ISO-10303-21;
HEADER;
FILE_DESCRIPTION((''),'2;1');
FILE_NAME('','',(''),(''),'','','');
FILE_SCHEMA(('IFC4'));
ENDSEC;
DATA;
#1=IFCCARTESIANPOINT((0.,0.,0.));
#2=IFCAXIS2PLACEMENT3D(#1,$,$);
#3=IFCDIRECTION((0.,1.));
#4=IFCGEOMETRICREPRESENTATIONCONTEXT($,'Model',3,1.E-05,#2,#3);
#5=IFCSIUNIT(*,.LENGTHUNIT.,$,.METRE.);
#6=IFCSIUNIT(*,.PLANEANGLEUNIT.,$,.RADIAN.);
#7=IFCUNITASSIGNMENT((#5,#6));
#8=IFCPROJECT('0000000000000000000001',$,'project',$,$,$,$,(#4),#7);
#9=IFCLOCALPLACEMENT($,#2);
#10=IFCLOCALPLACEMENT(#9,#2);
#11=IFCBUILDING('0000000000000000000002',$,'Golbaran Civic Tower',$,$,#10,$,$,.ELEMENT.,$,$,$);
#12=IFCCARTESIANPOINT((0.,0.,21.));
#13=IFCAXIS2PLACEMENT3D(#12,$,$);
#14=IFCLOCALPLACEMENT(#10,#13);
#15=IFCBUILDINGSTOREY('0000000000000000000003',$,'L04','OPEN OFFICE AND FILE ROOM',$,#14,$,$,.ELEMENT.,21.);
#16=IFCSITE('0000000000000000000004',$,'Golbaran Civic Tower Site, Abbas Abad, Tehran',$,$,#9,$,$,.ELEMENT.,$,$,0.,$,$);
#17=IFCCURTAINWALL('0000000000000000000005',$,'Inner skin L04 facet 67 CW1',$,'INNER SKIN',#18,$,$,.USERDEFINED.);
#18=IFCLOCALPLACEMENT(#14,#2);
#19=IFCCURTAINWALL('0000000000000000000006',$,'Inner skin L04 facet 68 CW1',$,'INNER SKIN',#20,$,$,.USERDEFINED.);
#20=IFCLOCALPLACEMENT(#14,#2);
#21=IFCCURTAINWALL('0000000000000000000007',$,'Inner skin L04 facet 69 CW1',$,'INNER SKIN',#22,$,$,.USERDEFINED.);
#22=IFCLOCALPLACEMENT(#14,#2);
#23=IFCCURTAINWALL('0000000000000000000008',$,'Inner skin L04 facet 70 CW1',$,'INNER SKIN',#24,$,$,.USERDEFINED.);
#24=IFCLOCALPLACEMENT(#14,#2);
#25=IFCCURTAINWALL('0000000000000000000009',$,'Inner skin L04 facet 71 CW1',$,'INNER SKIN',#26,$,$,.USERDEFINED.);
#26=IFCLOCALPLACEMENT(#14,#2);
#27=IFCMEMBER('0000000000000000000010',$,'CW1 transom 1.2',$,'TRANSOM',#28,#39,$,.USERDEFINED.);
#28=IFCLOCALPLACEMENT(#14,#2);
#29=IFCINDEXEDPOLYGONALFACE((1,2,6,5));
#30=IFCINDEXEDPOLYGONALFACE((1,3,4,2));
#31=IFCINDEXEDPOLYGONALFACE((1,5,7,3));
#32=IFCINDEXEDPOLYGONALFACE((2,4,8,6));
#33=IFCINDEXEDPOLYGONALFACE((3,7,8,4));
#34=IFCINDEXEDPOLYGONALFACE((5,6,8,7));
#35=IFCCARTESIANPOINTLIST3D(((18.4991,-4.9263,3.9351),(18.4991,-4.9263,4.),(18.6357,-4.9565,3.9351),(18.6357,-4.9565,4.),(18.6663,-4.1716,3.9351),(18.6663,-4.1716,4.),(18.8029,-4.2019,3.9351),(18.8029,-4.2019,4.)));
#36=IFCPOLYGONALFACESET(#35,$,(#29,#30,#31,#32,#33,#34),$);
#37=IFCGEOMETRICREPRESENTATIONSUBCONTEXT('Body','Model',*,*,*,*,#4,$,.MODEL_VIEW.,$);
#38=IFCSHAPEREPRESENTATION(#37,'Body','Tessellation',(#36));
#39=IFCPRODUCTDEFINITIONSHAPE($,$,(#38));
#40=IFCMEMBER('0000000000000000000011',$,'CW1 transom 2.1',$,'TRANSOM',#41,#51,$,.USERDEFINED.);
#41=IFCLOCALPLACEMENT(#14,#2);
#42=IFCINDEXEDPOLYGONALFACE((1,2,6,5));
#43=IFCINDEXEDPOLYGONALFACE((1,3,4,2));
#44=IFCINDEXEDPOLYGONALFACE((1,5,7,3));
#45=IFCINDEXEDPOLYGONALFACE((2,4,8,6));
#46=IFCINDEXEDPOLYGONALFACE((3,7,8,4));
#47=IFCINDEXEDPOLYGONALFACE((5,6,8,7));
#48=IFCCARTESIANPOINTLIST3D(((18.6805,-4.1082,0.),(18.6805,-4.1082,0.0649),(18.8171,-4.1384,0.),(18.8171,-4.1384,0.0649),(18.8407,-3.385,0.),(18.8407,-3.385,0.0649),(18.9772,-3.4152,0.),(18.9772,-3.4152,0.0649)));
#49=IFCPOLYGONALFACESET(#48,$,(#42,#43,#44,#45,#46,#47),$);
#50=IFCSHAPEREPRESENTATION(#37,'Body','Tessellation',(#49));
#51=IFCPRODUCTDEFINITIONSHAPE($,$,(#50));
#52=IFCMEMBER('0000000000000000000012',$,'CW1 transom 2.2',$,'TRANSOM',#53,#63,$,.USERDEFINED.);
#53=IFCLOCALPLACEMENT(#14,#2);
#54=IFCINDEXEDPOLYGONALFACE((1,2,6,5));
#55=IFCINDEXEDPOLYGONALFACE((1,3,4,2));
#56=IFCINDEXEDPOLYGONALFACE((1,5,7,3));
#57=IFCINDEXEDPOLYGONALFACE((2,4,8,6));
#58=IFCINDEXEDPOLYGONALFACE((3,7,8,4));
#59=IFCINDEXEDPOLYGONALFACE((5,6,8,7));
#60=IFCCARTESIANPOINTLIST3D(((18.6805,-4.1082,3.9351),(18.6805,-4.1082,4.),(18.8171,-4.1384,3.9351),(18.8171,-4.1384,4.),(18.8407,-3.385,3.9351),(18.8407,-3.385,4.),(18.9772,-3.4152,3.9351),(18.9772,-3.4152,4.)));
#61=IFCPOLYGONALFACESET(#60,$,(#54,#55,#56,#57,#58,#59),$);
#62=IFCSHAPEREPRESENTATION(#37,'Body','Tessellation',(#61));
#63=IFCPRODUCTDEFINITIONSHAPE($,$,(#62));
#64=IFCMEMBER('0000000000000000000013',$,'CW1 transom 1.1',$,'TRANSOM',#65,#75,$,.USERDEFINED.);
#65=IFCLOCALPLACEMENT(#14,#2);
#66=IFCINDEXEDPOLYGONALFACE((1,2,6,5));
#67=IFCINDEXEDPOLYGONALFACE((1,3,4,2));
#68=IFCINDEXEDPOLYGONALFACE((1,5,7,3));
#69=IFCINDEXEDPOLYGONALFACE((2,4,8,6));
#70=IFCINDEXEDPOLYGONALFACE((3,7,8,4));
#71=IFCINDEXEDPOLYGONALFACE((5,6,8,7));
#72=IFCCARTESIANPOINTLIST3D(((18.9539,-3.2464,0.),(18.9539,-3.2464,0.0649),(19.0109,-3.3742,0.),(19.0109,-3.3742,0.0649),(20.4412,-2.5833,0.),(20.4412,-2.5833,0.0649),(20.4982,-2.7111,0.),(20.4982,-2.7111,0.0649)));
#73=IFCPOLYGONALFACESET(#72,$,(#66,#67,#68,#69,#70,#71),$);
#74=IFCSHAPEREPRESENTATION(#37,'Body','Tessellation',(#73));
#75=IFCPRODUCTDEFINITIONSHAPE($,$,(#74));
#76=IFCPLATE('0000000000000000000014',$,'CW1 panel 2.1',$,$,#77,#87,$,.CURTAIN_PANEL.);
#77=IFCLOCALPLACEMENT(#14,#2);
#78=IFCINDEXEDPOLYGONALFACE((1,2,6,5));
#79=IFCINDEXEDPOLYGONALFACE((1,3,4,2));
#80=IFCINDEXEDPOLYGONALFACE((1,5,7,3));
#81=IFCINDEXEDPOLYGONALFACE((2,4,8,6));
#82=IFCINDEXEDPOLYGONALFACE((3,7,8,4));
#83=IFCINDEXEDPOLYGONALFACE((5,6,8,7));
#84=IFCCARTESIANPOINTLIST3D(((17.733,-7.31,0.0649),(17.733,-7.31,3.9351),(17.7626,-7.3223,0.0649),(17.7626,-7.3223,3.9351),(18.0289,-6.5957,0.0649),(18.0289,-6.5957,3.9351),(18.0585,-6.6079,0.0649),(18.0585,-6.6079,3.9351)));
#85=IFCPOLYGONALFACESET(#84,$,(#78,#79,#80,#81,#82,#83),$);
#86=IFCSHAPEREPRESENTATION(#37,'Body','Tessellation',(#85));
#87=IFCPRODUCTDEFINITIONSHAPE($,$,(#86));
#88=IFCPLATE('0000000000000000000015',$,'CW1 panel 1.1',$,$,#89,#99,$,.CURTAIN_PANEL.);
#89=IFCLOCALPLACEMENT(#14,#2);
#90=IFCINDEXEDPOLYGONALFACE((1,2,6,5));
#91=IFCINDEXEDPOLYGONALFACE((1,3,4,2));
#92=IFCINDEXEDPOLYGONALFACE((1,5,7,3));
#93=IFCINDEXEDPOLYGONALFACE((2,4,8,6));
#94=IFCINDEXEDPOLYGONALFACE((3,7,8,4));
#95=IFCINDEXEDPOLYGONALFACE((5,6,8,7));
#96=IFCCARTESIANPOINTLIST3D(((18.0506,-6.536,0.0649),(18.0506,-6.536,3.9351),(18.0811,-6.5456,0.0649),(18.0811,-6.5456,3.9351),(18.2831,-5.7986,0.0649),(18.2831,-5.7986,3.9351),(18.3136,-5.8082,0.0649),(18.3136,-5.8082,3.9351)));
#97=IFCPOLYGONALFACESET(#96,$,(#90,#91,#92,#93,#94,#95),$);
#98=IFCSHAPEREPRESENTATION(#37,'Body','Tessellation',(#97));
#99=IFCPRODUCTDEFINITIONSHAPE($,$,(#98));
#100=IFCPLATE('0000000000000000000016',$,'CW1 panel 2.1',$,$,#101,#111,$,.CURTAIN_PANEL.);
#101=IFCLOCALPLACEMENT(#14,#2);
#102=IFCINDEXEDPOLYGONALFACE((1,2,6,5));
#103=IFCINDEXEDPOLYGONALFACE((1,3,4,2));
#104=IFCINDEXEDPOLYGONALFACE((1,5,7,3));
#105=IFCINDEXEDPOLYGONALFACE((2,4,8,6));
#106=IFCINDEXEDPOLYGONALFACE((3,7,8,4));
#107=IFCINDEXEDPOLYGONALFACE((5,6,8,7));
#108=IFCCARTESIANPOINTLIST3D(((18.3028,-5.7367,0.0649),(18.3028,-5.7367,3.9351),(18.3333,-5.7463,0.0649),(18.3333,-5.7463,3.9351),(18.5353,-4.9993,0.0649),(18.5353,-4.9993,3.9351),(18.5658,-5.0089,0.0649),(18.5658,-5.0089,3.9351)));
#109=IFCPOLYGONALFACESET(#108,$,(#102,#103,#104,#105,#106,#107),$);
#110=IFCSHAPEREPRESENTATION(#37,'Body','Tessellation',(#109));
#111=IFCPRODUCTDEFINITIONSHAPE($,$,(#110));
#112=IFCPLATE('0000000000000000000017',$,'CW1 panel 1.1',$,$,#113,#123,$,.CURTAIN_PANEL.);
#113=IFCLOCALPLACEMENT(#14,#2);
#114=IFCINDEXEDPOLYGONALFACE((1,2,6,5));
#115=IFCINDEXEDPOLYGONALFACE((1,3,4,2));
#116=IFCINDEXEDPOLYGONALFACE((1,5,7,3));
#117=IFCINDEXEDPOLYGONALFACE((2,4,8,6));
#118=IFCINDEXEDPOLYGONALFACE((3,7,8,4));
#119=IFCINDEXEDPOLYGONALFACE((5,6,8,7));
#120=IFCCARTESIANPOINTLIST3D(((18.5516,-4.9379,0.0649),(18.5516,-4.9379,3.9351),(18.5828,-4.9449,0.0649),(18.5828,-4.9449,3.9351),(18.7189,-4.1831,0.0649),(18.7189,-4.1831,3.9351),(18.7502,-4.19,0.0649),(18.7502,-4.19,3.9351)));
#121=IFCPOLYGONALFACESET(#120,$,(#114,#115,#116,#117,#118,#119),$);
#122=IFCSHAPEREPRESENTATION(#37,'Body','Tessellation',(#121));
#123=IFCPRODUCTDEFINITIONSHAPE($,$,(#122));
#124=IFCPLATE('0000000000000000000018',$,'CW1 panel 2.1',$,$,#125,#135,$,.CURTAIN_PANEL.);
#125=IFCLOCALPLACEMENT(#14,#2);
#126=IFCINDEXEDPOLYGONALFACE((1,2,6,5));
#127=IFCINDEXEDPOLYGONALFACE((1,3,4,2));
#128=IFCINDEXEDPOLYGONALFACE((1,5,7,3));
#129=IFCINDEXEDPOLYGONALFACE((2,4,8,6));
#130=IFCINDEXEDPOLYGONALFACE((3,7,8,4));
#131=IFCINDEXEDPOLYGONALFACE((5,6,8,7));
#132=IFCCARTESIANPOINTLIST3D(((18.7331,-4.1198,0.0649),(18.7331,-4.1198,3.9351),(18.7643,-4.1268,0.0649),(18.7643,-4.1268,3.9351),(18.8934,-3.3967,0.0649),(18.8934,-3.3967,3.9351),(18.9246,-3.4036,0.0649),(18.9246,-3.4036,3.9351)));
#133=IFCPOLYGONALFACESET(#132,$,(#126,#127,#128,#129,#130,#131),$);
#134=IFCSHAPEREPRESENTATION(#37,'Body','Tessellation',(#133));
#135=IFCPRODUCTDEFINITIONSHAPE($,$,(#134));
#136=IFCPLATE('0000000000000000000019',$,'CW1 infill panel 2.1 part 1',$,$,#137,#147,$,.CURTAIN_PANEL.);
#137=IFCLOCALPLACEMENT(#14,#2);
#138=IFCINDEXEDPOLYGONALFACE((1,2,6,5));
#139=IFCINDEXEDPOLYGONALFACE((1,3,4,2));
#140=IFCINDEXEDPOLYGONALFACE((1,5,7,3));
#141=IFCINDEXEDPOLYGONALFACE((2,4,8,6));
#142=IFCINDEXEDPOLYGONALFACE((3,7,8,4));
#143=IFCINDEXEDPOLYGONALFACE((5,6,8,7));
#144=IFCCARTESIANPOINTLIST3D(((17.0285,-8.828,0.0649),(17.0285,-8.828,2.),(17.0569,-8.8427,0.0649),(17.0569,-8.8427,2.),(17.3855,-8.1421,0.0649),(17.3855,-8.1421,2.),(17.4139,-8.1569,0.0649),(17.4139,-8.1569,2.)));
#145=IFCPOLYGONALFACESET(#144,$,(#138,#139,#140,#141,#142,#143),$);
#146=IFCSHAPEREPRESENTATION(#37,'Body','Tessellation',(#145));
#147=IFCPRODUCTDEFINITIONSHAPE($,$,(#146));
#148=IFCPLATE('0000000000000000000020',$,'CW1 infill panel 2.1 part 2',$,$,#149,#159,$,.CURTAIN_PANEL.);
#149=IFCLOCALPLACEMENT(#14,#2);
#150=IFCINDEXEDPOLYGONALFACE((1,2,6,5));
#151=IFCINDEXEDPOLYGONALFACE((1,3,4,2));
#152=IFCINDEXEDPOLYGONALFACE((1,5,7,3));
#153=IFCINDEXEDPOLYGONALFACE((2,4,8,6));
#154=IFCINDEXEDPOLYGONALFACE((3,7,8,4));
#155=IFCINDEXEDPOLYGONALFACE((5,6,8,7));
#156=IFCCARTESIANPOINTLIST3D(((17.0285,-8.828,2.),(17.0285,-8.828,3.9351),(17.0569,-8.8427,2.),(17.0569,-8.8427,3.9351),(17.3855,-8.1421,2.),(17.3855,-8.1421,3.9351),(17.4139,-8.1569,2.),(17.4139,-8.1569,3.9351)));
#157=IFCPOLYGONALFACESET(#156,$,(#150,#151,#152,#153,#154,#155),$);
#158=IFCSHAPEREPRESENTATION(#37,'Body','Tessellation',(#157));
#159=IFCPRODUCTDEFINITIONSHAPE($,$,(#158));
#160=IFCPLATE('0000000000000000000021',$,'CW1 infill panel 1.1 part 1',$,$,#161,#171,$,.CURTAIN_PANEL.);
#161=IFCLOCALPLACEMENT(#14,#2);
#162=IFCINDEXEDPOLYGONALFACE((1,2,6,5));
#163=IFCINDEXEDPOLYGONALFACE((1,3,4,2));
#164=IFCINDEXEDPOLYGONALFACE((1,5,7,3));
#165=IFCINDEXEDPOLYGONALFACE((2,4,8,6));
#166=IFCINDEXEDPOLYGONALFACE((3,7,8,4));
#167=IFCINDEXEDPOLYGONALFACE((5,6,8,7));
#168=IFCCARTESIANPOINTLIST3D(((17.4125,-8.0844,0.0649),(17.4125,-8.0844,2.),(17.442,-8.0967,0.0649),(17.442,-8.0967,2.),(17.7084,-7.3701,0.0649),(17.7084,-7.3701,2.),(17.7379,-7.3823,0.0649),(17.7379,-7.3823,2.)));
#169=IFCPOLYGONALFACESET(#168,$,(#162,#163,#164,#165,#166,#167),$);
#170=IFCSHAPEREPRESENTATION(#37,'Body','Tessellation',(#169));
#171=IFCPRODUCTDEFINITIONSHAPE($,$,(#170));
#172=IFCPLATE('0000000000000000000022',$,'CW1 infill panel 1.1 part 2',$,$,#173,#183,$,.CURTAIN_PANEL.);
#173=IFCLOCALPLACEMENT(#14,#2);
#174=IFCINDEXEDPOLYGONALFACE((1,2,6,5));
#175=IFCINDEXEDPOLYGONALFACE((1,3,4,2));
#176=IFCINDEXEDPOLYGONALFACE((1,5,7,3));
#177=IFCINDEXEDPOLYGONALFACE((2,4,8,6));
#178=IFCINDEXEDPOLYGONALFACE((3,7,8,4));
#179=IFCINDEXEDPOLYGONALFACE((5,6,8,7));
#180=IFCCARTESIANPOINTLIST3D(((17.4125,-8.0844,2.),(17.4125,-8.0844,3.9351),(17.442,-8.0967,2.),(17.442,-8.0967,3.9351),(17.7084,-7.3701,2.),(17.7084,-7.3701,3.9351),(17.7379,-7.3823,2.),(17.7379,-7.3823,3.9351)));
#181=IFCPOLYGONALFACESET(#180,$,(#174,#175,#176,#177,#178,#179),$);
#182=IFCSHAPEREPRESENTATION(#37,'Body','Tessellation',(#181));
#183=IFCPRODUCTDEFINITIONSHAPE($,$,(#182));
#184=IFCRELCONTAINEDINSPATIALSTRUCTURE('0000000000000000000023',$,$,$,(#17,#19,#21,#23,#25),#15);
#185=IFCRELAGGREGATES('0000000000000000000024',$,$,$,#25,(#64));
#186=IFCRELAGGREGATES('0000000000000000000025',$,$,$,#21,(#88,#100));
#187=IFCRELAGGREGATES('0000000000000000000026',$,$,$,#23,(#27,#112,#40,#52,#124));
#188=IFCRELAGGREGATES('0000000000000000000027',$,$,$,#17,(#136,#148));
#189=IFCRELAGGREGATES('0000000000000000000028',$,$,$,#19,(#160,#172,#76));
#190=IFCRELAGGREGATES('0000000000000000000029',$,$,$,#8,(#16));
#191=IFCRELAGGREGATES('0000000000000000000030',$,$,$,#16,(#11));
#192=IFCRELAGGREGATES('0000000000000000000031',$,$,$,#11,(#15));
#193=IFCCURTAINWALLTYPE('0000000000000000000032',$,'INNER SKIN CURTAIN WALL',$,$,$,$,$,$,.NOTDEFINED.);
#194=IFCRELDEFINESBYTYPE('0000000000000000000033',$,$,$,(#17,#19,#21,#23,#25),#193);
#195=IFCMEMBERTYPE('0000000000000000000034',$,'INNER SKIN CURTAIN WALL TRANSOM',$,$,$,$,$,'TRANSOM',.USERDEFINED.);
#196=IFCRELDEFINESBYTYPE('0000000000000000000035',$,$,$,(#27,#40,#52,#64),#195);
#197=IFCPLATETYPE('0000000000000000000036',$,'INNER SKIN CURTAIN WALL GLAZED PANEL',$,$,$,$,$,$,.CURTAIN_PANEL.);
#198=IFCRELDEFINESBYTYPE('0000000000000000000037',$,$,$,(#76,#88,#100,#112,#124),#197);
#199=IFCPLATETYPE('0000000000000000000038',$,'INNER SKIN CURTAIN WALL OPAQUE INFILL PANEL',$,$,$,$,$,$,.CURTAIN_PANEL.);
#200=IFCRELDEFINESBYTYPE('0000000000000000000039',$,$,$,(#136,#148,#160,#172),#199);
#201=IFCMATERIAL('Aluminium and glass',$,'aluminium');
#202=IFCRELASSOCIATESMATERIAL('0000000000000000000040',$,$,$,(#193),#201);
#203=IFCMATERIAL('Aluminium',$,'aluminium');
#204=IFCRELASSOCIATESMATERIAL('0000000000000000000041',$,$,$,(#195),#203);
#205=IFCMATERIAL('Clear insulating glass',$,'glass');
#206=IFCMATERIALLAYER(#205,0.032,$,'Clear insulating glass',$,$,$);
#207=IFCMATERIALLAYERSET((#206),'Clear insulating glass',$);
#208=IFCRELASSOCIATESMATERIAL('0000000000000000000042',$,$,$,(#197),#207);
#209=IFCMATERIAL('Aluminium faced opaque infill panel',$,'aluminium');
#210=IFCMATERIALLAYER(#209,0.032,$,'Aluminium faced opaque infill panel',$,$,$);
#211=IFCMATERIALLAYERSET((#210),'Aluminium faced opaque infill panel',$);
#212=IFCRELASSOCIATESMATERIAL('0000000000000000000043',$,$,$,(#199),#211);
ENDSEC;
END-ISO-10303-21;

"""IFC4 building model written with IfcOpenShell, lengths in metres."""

from ifc_helpers import new_model, si_unit, direction, frame, origin, origin_2d, place, context, subcontext, project, spatial, rectangle, extrude, material, layer, layer_set, material_profile, profile_set, type_object, element, aggregate, save


model = new_model("IFC4")

# Units and contexts
model_context = context("Model", 3, precision=1e-05, world=origin(), true_north=direction((0.0, 1.0)))
body_context = subcontext(model_context, "Body", "Model", "MODEL_VIEW")
ifc_project = project(units=[si_unit("LENGTHUNIT", "METRE"), si_unit("PLANEANGLEUNIT", "RADIAN")], contexts=[model_context])

# Site, building, storey
site_placement = place(None, origin())
site = spatial("IfcSite", under=ifc_project, at=site_placement, Name="Golbaran Civic Tower Site, Abbas Abad, Tehran", CompositionType="ELEMENT", RefElevation=0.0)
building_placement = place(site_placement, origin())
building = spatial("IfcBuilding", under=site, at=building_placement, Name="Golbaran Civic Tower", CompositionType="ELEMENT")
storey_placement = place(building_placement, frame((0.0, 0.0, 21.0)))
storey = spatial("IfcBuildingStorey", under=building, at=storey_placement, Name="L04", Description="OPEN OFFICE AND FILE ROOM", CompositionType="ELEMENT", Elevation=21.0)

# Curtain walls
ifc_material_1 = material(Name="Aluminium and glass", Category="aluminium")
curtain_wall_type = type_object("IfcCurtainWallType", Name="INNER SKIN CURTAIN WALL", PredefinedType="NOTDEFINED", material=ifc_material_1)
curtain_wall_1_placement = place(storey_placement, origin())
curtain_wall_1 = element("IfcCurtainWall", 1, at=curtain_wall_1_placement, inside=storey, type_object=curtain_wall_type, Name="Inner skin L04 facet 67 CW1", ObjectType="INNER SKIN", PredefinedType="USERDEFINED")
ifc_material_2 = material(Name="Aluminium", Category="aluminium")
curtain_wall_2_placement = place(storey_placement, origin())
curtain_wall_2 = element("IfcCurtainWall", 2, at=curtain_wall_2_placement, inside=storey, type_object=curtain_wall_type, Name="Inner skin L04 facet 68 CW1", ObjectType="INNER SKIN", PredefinedType="USERDEFINED")
curtain_wall_3_placement = place(storey_placement, origin())
curtain_wall_3 = element("IfcCurtainWall", 3, at=curtain_wall_3_placement, inside=storey, type_object=curtain_wall_type, Name="Inner skin L04 facet 69 CW1", ObjectType="INNER SKIN", PredefinedType="USERDEFINED")
curtain_wall_4_placement = place(storey_placement, origin())
curtain_wall_4 = element("IfcCurtainWall", 4, at=curtain_wall_4_placement, inside=storey, type_object=curtain_wall_type, Name="Inner skin L04 facet 70 CW1", ObjectType="INNER SKIN", PredefinedType="USERDEFINED")

# Curtain wall
curtain_wall_5_placement = place(storey_placement, origin())
curtain_wall_5 = element("IfcCurtainWall", 5, at=curtain_wall_5_placement, inside=storey, type_object=curtain_wall_type, Name="Inner skin L04 facet 71 CW1", ObjectType="INNER SKIN", PredefinedType="USERDEFINED")

# Members
ifc_material_profile_1 = material_profile(ifc_material_2, rectangle(XDim=0.1399, YDim=0.0649, at=origin_2d()), Name="INNER SKIN CURTAIN WALL TRANSOM")
ifc_profile_set_1 = profile_set([ifc_material_profile_1], Name="Aluminium")
member_type_1 = type_object("IfcMemberType", Name="INNER SKIN CURTAIN WALL TRANSOM", ElementType="TRANSOM", PredefinedType="USERDEFINED", material=ifc_profile_set_1)
member_1_placement = place(storey_placement, frame((18.5674, -4.9414, 3.9675), z_axis=(0.216362, 0.976313, 0.0), x_axis=(-0.976313, 0.216362, 0.0)))
member_1 = element("IfcMember", 6, at=member_1_placement, type_object=member_type_1, Name="CW1 transom 1.2", ObjectType="TRANSOM", PredefinedType="USERDEFINED", context=body_context, shape_type="SweptSolid", body=[
    extrude(rectangle(XDim=0.1399, YDim=0.0649, at=origin_2d()), origin(), (0.0, 0.0, 1.0), 0.7729),
])
member_2_placement = place(storey_placement, frame((18.7488, -4.1233, 0.0325), z_axis=(0.216232, 0.976342, 0.0), x_axis=(-0.976342, 0.216232, 0.0)))
member_2 = element("IfcMember", 7, at=member_2_placement, type_object=member_type_1, Name="CW1 transom 2.1", ObjectType="TRANSOM", PredefinedType="USERDEFINED", context=body_context, shape_type="SweptSolid", body=[
    extrude(rectangle(XDim=0.1399, YDim=0.0649, at=origin_2d()), origin(), (0.0, 0.0, 1.0), 0.7407),
])
member_3_placement = place(storey_placement, frame((18.7488, -4.1233, 3.9675), z_axis=(0.216232, 0.976342, 0.0), x_axis=(-0.976342, 0.216232, 0.0)))
member_3 = element("IfcMember", 8, at=member_3_placement, type_object=member_type_1, Name="CW1 transom 2.2", ObjectType="TRANSOM", PredefinedType="USERDEFINED", context=body_context, shape_type="SweptSolid", body=[
    extrude(rectangle(XDim=0.1399, YDim=0.0649, at=origin_2d()), origin(), (0.0, 0.0, 1.0), 0.7407),
])
member_4_placement = place(storey_placement, frame((18.9824, -3.3103, 0.0325), z_axis=(0.913341, 0.407195, 0.0), x_axis=(-0.407195, 0.913341, 0.0)))
member_4 = element("IfcMember", 9, at=member_4_placement, type_object=member_type_1, Name="CW1 transom 1.1", ObjectType="TRANSOM", PredefinedType="USERDEFINED", context=body_context, shape_type="SweptSolid", body=[
    extrude(rectangle(XDim=0.1399, YDim=0.0649, at=origin_2d()), origin(), (0.0, 0.0, 1.0), 1.6284),
])
aggregate(curtain_wall_5, [member_4])

# Plates
ifc_material_3 = material(Name="Clear insulating glass", Category="glass")
ifc_layer_1 = layer(ifc_material_3, 0.032, Name="Clear insulating glass")
ifc_layer_set_1 = layer_set([ifc_layer_1], Name="Clear insulating glass")
plate_type_1 = type_object("IfcPlateType", Name="INNER SKIN CURTAIN WALL GLAZED PANEL", PredefinedType="CURTAIN_PANEL", material=ifc_layer_set_1)
plate_1_placement = place(storey_placement, frame((17.8958, -6.959, 0.0649), z_axis=(0.0, 0.0, 1.0), x_axis=(0.382683, 0.92388, 0.0)))
plate_1 = element("IfcPlate", 10, at=plate_1_placement, type_object=plate_type_1, Name="CW1 panel 2.1", PredefinedType="CURTAIN_PANEL", context=body_context, shape_type="SweptSolid", body=[
    extrude(rectangle(XDim=0.7732, YDim=0.032, at=origin_2d()), origin(), (0.0, 0.0, 1.0), 3.8701),
])
plate_2_placement = place(storey_placement, frame((18.1821, -6.1721, 0.0649), z_axis=(0.0, 0.0, 1.0), x_axis=(0.300706, 0.953717, 0.0)))
plate_2 = element("IfcPlate", 11, at=plate_2_placement, type_object=plate_type_1, Name="CW1 panel 1.1", PredefinedType="CURTAIN_PANEL", context=body_context, shape_type="SweptSolid", body=[
    extrude(rectangle(XDim=0.7732, YDim=0.032, at=origin_2d()), origin(), (0.0, 0.0, 1.0), 3.8701),
])
plate_3_placement = place(storey_placement, frame((18.4343, -5.3728, 0.0649), z_axis=(0.0, 0.0, 1.0), x_axis=(0.300706, 0.953717, 0.0)))
plate_3 = element("IfcPlate", 12, at=plate_3_placement, type_object=plate_type_1, Name="CW1 panel 2.1", PredefinedType="CURTAIN_PANEL", context=body_context, shape_type="SweptSolid", body=[
    extrude(rectangle(XDim=0.7732, YDim=0.032, at=origin_2d()), origin(), (0.0, 0.0, 1.0), 3.8701),
])
aggregate(curtain_wall_3, [plate_2, plate_3])
plate_4_placement = place(storey_placement, frame((18.6509, -4.564, 0.0649), z_axis=(0.0, 0.0, 1.0), x_axis=(0.21644, 0.976296, 0.0)))
plate_4 = element("IfcPlate", 13, at=plate_4_placement, type_object=plate_type_1, Name="CW1 panel 1.1", PredefinedType="CURTAIN_PANEL", context=body_context, shape_type="SweptSolid", body=[
    extrude(rectangle(XDim=0.7732, YDim=0.032, at=origin_2d()), origin(), (0.0, 0.0, 1.0), 3.8701),
])
plate_5_placement = place(storey_placement, frame((18.8289, -3.7617, 0.0649), z_axis=(0.0, 0.0, 1.0), x_axis=(0.21644, 0.976296, 0.0)))
plate_5 = element("IfcPlate", 14, at=plate_5_placement, type_object=plate_type_1, Name="CW1 panel 2.1", PredefinedType="CURTAIN_PANEL", context=body_context, shape_type="SweptSolid", body=[
    extrude(rectangle(XDim=0.7407, YDim=0.032, at=origin_2d()), origin(), (0.0, 0.0, 1.0), 3.8701),
])
aggregate(curtain_wall_4, [member_1, plate_4, member_2, member_3, plate_5])
ifc_material_4 = material(Name="Aluminium faced opaque infill panel", Category="aluminium")
ifc_layer_2 = layer(ifc_material_4, 0.032, Name="Aluminium faced opaque infill panel")
ifc_layer_set_2 = layer_set([ifc_layer_2], Name="Aluminium faced opaque infill panel")
plate_type_2 = type_object("IfcPlateType", Name="INNER SKIN CURTAIN WALL OPAQUE INFILL PANEL", PredefinedType="CURTAIN_PANEL", material=ifc_layer_set_2)
plate_6_placement = place(storey_placement, frame((17.2212, -8.4924, 0.0649), z_axis=(0.0, 0.0, 1.0), x_axis=(0.461749, 0.887011, 0.0)))
plate_6 = element("IfcPlate", 15, at=plate_6_placement, type_object=plate_type_2, Name="CW1 infill panel 2.1 part 1", PredefinedType="CURTAIN_PANEL", context=body_context, shape_type="SweptSolid", body=[
    extrude(rectangle(XDim=0.7732, YDim=0.032, at=origin_2d()), origin(), (0.0, 0.0, 1.0), 1.9351),
])
plate_7_placement = place(storey_placement, frame((17.2212, -8.4924, 2.0), z_axis=(0.0, 0.0, 1.0), x_axis=(0.461749, 0.887011, 0.0)))
plate_7 = element("IfcPlate", 16, at=plate_7_placement, type_object=plate_type_2, Name="CW1 infill panel 2.1 part 2", PredefinedType="CURTAIN_PANEL", context=body_context, shape_type="SweptSolid", body=[
    extrude(rectangle(XDim=0.7732, YDim=0.032, at=origin_2d()), origin(), (0.0, 0.0, 1.0), 1.9351),
])
aggregate(curtain_wall_1, [plate_6, plate_7])
plate_8_placement = place(storey_placement, frame((17.5752, -7.7334, 0.0649), z_axis=(0.0, 0.0, 1.0), x_axis=(0.382683, 0.92388, 0.0)))
plate_8 = element("IfcPlate", 17, at=plate_8_placement, type_object=plate_type_2, Name="CW1 infill panel 1.1 part 1", PredefinedType="CURTAIN_PANEL", context=body_context, shape_type="SweptSolid", body=[
    extrude(rectangle(XDim=0.7732, YDim=0.032, at=origin_2d()), origin(), (0.0, 0.0, 1.0), 1.9351),
])
plate_9_placement = place(storey_placement, frame((17.5752, -7.7334, 2.0), z_axis=(0.0, 0.0, 1.0), x_axis=(0.382683, 0.92388, 0.0)))
plate_9 = element("IfcPlate", 18, at=plate_9_placement, type_object=plate_type_2, Name="CW1 infill panel 1.1 part 2", PredefinedType="CURTAIN_PANEL", context=body_context, shape_type="SweptSolid", body=[
    extrude(rectangle(XDim=0.7732, YDim=0.032, at=origin_2d()), origin(), (0.0, 0.0, 1.0), 1.9351),
])
aggregate(curtain_wall_2, [plate_8, plate_9, plate_1])

save(model, "model.ifc")
